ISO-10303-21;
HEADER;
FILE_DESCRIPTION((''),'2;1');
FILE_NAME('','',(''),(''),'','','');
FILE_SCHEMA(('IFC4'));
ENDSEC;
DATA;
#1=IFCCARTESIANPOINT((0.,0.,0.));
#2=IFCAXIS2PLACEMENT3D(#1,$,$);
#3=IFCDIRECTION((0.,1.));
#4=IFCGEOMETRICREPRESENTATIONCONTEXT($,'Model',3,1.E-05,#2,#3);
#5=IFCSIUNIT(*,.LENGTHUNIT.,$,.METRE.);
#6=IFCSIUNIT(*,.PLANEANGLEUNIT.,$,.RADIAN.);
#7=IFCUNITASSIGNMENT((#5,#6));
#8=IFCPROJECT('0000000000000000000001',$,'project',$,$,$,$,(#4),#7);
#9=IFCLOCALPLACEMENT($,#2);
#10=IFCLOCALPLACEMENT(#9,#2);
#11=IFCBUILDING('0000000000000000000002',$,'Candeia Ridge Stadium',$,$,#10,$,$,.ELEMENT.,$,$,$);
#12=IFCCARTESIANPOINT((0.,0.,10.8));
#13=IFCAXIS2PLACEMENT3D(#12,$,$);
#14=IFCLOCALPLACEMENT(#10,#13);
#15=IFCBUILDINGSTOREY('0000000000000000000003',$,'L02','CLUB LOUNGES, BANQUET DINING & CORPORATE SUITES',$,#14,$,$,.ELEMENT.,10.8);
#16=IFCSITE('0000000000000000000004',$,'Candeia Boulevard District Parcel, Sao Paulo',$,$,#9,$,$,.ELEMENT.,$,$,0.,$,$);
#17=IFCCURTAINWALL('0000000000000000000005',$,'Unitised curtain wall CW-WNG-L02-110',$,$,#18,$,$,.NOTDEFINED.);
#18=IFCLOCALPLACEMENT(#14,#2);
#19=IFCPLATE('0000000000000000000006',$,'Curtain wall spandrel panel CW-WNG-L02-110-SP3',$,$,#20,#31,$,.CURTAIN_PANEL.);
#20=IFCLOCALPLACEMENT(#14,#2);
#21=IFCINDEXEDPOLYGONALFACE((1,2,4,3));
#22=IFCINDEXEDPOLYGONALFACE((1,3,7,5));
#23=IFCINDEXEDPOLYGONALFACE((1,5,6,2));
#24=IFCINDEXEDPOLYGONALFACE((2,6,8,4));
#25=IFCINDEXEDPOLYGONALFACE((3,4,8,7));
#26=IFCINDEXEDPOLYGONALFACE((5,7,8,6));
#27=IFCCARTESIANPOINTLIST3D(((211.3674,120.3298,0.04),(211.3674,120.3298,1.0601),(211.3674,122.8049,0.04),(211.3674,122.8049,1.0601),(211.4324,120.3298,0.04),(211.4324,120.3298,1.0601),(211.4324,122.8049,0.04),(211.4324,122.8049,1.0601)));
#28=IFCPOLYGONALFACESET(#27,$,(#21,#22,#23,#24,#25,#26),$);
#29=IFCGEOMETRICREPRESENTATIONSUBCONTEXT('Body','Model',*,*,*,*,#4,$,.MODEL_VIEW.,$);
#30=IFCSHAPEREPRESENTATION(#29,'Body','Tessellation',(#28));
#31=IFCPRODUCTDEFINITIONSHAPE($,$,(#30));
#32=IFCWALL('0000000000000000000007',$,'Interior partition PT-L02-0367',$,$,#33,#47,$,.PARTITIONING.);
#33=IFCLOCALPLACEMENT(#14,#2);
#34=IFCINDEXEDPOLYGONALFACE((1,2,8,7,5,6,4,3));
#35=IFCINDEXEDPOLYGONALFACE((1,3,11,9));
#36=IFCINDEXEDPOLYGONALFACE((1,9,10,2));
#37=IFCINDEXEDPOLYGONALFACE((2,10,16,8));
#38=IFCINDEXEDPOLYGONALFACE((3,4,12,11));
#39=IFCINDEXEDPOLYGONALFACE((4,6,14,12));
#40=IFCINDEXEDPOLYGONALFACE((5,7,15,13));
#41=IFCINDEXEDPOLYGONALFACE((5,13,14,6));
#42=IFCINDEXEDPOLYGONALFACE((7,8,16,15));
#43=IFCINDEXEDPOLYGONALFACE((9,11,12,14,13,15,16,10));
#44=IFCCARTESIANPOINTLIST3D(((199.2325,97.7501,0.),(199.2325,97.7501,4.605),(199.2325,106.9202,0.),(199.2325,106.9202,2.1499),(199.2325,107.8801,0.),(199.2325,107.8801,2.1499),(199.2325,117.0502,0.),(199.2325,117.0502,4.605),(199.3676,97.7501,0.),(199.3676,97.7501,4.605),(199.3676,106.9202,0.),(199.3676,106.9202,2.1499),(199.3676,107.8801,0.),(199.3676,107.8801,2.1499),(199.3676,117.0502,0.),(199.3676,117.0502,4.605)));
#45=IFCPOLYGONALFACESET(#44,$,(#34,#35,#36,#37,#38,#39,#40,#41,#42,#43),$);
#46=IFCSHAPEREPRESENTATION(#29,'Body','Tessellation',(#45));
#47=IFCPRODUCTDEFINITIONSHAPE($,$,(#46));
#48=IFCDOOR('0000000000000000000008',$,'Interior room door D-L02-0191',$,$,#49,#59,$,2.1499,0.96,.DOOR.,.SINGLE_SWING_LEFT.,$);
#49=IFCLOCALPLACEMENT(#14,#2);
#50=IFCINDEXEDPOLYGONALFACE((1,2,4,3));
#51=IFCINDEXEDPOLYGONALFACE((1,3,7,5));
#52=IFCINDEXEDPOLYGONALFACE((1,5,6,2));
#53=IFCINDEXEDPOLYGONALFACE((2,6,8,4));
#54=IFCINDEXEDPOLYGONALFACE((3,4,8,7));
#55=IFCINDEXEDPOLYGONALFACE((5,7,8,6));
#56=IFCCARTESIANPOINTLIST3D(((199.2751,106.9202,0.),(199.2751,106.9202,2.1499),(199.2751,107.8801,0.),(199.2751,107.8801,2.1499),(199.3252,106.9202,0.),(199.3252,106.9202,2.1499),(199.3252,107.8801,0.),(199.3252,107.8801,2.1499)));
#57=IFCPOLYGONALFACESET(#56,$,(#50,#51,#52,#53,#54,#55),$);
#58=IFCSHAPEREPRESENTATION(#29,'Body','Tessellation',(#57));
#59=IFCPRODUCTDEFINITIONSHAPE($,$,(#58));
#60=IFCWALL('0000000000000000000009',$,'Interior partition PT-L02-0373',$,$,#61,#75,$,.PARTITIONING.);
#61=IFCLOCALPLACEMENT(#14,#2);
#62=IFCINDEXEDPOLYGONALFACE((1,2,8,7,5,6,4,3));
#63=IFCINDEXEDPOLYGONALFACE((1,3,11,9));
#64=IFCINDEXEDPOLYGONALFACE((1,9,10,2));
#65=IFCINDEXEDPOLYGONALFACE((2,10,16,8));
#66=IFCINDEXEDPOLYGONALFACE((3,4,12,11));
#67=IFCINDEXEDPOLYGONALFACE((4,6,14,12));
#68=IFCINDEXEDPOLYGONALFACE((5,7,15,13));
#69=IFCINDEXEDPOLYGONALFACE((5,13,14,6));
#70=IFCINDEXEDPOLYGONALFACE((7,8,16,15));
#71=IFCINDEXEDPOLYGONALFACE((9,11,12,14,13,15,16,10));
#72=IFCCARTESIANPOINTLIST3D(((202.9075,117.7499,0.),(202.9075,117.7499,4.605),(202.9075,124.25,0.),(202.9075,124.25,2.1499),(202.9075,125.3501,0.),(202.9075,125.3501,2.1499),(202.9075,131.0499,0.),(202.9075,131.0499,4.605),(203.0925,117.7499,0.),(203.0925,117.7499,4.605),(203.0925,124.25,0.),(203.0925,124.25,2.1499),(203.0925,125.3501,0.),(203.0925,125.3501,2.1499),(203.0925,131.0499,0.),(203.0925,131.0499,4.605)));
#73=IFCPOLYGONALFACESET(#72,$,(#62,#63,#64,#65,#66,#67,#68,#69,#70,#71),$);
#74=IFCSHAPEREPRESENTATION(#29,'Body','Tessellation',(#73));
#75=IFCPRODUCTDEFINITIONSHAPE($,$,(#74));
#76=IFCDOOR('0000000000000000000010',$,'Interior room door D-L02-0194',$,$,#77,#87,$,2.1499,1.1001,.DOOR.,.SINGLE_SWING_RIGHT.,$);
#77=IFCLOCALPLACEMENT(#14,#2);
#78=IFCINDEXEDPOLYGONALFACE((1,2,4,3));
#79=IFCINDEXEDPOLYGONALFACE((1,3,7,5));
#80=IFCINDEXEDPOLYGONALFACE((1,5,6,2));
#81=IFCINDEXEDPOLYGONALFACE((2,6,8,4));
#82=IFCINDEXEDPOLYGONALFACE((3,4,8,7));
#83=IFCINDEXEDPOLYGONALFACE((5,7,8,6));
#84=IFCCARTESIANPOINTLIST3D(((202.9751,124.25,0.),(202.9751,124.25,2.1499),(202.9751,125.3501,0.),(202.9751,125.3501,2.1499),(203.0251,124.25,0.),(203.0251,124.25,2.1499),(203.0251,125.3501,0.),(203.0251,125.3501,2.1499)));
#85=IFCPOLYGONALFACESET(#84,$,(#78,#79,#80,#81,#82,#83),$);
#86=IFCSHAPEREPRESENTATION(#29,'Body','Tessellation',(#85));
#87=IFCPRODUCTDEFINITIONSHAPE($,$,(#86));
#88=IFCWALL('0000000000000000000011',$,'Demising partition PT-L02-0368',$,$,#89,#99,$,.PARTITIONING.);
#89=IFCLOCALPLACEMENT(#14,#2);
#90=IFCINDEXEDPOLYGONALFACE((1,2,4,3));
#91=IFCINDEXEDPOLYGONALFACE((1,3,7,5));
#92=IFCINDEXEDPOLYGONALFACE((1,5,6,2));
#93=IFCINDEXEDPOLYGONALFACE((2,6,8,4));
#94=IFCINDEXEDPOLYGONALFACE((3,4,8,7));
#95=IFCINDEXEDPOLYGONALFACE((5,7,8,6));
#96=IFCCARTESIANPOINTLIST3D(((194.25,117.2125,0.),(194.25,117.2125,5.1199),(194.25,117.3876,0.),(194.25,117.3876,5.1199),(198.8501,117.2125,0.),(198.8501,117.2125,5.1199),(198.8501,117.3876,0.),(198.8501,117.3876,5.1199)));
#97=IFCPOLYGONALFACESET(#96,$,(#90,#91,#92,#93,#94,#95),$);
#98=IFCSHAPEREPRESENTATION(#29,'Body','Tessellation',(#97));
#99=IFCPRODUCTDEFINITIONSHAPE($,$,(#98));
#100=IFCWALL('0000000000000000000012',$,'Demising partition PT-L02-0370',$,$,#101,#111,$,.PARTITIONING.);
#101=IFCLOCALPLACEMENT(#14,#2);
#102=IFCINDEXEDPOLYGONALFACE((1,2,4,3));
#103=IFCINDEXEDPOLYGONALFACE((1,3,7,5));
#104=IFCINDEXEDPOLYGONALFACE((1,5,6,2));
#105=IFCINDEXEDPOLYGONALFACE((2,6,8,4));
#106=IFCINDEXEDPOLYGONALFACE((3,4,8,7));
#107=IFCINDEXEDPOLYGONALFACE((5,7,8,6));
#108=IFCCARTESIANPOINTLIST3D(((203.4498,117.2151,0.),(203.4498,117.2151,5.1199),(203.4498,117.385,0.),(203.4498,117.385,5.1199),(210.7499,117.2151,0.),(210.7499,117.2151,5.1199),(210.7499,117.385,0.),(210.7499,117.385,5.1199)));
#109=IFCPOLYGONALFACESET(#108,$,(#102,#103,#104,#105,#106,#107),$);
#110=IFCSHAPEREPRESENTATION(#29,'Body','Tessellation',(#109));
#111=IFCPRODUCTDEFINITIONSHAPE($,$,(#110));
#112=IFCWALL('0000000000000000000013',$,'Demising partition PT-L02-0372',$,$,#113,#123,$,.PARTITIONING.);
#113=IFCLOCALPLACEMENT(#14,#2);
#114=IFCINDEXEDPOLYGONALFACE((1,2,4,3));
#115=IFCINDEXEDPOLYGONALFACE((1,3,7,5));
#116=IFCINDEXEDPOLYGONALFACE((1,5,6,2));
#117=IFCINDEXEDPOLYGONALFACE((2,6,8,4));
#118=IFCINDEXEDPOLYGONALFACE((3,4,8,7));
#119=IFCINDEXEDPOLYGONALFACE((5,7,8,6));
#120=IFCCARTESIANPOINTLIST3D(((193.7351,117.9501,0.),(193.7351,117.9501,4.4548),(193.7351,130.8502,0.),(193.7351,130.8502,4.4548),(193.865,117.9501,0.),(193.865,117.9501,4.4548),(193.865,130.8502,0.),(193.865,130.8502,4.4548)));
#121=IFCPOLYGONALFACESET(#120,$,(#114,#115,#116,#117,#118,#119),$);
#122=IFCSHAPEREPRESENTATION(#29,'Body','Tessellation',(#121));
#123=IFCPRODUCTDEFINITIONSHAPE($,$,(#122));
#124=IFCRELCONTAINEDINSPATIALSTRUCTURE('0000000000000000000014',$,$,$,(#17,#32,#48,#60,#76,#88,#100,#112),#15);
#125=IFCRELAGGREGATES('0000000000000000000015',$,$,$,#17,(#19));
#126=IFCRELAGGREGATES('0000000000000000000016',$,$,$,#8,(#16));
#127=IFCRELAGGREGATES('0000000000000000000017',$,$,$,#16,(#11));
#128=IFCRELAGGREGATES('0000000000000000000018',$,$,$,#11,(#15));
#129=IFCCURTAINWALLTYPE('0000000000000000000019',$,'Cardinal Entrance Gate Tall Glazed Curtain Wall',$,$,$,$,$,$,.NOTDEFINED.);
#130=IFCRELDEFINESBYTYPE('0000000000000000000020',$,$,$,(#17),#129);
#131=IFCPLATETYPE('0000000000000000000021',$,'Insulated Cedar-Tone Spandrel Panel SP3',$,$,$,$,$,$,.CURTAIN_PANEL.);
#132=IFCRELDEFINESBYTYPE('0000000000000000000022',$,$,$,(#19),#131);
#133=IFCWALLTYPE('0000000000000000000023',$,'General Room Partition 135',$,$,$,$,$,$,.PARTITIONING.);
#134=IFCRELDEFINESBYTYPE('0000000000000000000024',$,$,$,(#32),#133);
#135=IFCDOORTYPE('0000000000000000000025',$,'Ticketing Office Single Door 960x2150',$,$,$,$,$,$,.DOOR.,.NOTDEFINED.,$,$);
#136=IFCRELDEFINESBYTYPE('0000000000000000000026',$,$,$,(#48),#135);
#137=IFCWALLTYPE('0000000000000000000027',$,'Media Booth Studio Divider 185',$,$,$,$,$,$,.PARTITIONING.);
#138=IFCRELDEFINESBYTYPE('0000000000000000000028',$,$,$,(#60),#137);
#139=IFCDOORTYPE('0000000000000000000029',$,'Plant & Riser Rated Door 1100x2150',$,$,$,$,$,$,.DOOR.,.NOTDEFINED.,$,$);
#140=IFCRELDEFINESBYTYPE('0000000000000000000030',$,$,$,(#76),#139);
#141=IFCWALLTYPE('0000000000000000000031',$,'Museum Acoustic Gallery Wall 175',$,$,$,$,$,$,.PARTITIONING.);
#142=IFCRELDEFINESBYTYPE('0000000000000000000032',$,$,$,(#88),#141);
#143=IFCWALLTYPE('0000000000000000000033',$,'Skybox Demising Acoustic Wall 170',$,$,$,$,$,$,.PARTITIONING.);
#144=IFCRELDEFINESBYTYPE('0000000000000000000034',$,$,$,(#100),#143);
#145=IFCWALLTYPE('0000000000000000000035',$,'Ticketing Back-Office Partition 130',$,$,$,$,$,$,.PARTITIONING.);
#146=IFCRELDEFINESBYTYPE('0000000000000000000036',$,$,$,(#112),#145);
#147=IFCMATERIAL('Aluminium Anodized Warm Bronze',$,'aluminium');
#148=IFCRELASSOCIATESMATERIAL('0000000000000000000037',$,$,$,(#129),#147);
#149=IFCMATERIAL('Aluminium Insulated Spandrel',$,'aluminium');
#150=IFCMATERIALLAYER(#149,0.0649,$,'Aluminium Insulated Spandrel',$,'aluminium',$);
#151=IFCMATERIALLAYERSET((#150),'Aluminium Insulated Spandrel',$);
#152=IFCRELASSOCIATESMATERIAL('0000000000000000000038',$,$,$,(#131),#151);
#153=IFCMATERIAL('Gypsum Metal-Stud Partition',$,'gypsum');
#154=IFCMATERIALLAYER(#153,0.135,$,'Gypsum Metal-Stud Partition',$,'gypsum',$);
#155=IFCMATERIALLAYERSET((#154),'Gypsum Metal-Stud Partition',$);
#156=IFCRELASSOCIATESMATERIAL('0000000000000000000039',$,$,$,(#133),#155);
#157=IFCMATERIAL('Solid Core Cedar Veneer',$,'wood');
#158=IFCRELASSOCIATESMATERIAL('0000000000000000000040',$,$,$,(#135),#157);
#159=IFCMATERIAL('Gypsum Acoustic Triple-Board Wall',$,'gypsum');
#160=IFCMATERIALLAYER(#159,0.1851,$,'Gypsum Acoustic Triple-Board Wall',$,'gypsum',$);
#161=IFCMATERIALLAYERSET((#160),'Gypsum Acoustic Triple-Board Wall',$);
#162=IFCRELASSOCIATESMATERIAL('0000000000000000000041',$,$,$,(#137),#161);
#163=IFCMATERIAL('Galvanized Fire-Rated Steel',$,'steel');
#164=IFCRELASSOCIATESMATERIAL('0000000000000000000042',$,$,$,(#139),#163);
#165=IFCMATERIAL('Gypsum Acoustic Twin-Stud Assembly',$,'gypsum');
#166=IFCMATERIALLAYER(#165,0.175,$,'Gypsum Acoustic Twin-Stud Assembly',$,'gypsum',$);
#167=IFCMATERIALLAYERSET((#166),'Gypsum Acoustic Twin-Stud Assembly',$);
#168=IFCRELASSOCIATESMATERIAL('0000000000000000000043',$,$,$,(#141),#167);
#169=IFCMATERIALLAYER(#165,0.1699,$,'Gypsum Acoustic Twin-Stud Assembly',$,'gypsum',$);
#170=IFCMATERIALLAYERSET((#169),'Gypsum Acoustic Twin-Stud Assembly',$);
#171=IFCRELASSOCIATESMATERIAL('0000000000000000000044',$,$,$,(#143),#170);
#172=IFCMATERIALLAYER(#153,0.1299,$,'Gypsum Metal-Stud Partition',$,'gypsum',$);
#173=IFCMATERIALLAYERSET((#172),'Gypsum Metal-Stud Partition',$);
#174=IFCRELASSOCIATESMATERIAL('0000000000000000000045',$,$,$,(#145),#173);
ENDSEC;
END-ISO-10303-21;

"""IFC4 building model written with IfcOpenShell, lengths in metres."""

from ifc_helpers import new_model, si_unit, direction, frame, frame_2d, origin, origin_2d, place, context, subcontext, project, spatial, rectangle, extrude, material, layer, layer_set, type_object, element, fill, aggregate, save


model = new_model("IFC4")

# Units and contexts
model_context = context("Model", 3, precision=1e-05, world=origin(), true_north=direction((0.0, 1.0)))
body_context = subcontext(model_context, "Body", "Model", "MODEL_VIEW")
ifc_project = project(units=[si_unit("LENGTHUNIT", "METRE"), si_unit("PLANEANGLEUNIT", "RADIAN")], contexts=[model_context])

# Site, building, storey
site_placement = place(None, origin())
site = spatial("IfcSite", under=ifc_project, at=site_placement, Name="Candeia Boulevard District Parcel, Sao Paulo", CompositionType="ELEMENT", RefElevation=0.0)
building_placement = place(site_placement, origin())
building = spatial("IfcBuilding", under=site, at=building_placement, Name="Candeia Ridge Stadium", CompositionType="ELEMENT")
storey_placement = place(building_placement, frame((0.0, 0.0, 10.8)))
storey = spatial("IfcBuildingStorey", under=building, at=storey_placement, Name="L02", Description="CLUB LOUNGES, BANQUET DINING & CORPORATE SUITES", CompositionType="ELEMENT", Elevation=10.8)

# Curtain wall
ifc_material_1 = material(Name="Aluminium Anodized Warm Bronze", Category="aluminium")
curtain_wall_type = type_object("IfcCurtainWallType", Name="Cardinal Entrance Gate Tall Glazed Curtain Wall", PredefinedType="NOTDEFINED", material=ifc_material_1)
curtain_wall_placement = place(storey_placement, origin())
curtain_wall = element("IfcCurtainWall", 1, at=curtain_wall_placement, inside=storey, type_object=curtain_wall_type, Name="Unitised curtain wall CW-WNG-L02-110", PredefinedType="NOTDEFINED")

# Plate
ifc_material_2 = material(Name="Aluminium Insulated Spandrel", Category="aluminium")
ifc_layer_1 = layer(ifc_material_2, 0.0649, Name="Aluminium Insulated Spandrel", Category="aluminium")
ifc_layer_set_1 = layer_set([ifc_layer_1], Name="Aluminium Insulated Spandrel")
plate_type_1 = type_object("IfcPlateType", Name="Insulated Cedar-Tone Spandrel Panel SP3", PredefinedType="CURTAIN_PANEL", material=ifc_layer_set_1)
plate_1_placement = place(storey_placement, frame((211.3999, 121.5674, 0.04), z_axis=(0.0, 0.0, 1.0), x_axis=(0.0, 1.0, 0.0)))
plate_1 = element("IfcPlate", 2, at=plate_1_placement, type_object=plate_type_1, Name="Curtain wall spandrel panel CW-WNG-L02-110-SP3", PredefinedType="CURTAIN_PANEL", context=body_context, shape_type="SweptSolid", body=[
    extrude(rectangle(XDim=2.4751, YDim=0.0649, at=origin_2d()), origin(), (0.0, 0.0, 1.0), 1.02),
])
aggregate(curtain_wall, [plate_1])

# Walls, openings, doors
ifc_material_3 = material(Name="Gypsum Metal-Stud Partition", Category="gypsum")
ifc_layer_2 = layer(ifc_material_3, 0.135, Name="Gypsum Metal-Stud Partition", Category="gypsum")
ifc_layer_set_2 = layer_set([ifc_layer_2], Name="Gypsum Metal-Stud Partition")
wall_type_1 = type_object("IfcWallType", Name="General Room Partition 135", PredefinedType="PARTITIONING", material=ifc_layer_set_2)
wall_1_placement = place(storey_placement, frame((199.3, 117.05, 0.0), z_axis=(0.0, 0.0, 1.0), x_axis=(0.0, -1.0, 0.0)))
wall_1 = element("IfcWall", 3, at=wall_1_placement, inside=storey, type_object=wall_type_1, Name="Interior partition PT-L02-0367", PredefinedType="PARTITIONING", context=body_context, shape_type="SweptSolid", body=[
    extrude(rectangle(XDim=19.3, YDim=0.135, at=frame_2d((9.6499, 0.0))), origin(), (0.0, 0.0, 1.0), 4.605),
])
opening_1_placement = place(wall_1_placement, frame((9.1699, 0.0, 0.0)))
opening_1 = element("IfcOpeningElement", 4, at=opening_1_placement, cuts=wall_1, PredefinedType="OPENING", context=body_context, shape_type="SweptSolid", body=[
    extrude(rectangle(XDim=0.96, YDim=2.1499, at=frame_2d((0.48, 1.075))), frame((0.0, 0.0774, 0.0), z_axis=(0.0, -1.0, 0.0), x_axis=(1.0, 0.0, 0.0)), (0.0, 0.0, 1.0), 0.155),
])
ifc_material_4 = material(Name="Solid Core Cedar Veneer", Category="wood")
door_type_1 = type_object("IfcDoorType", Name="Ticketing Office Single Door 960x2150", OperationType="NOTDEFINED", PredefinedType="DOOR", material=ifc_material_4)
door_1_placement = place(opening_1_placement, frame((0.96, 0.0, 0.0), z_axis=(0.0, 0.0, 1.0), x_axis=(-1.0, 0.0, 0.0)))
door_1 = element("IfcDoor", 5, at=door_1_placement, inside=storey, type_object=door_type_1, Name="Interior room door D-L02-0191", OperationType="SINGLE_SWING_LEFT", OverallHeight=2.1499, OverallWidth=0.96, PredefinedType="DOOR", context=body_context, shape_type="SweptSolid", body=[
    extrude(rectangle(XDim=0.96, YDim=2.1499, at=frame_2d((0.48, 1.075))), frame((0.0, 0.0249, 0.0), z_axis=(0.0, -1.0, 0.0), x_axis=(1.0, 0.0, 0.0)), (0.0, 0.0, 1.0), 0.05),
])
fill(opening_1, door_1)
ifc_material_5 = material(Name="Gypsum Acoustic Triple-Board Wall", Category="gypsum")
ifc_layer_3 = layer(ifc_material_5, 0.1851, Name="Gypsum Acoustic Triple-Board Wall", Category="gypsum")
ifc_layer_set_3 = layer_set([ifc_layer_3], Name="Gypsum Acoustic Triple-Board Wall")
wall_type_2 = type_object("IfcWallType", Name="Media Booth Studio Divider 185", PredefinedType="PARTITIONING", material=ifc_layer_set_3)
wall_2_placement = place(storey_placement, frame((203.0, 117.75, 0.0), z_axis=(0.0, 0.0, 1.0), x_axis=(0.0, 1.0, 0.0)))
wall_2 = element("IfcWall", 6, at=wall_2_placement, inside=storey, type_object=wall_type_2, Name="Interior partition PT-L02-0373", PredefinedType="PARTITIONING", context=body_context, shape_type="SweptSolid", body=[
    extrude(rectangle(XDim=13.3, YDim=0.1851, at=frame_2d((6.6499, 0.0))), origin(), (0.0, 0.0, 1.0), 4.605),
])
opening_2_placement = place(wall_2_placement, frame((6.5, 0.0, 0.0)))
opening_2 = element("IfcOpeningElement", 7, at=opening_2_placement, cuts=wall_2, PredefinedType="OPENING", context=body_context, shape_type="SweptSolid", body=[
    extrude(rectangle(XDim=1.1001, YDim=2.1499, at=frame_2d((0.55, 1.075))), frame((0.0, 0.1025, 0.0), z_axis=(0.0, -1.0, 0.0), x_axis=(1.0, 0.0, 0.0)), (0.0, 0.0, 1.0), 0.2051),
])
ifc_material_6 = material(Name="Galvanized Fire-Rated Steel", Category="steel")
door_type_2 = type_object("IfcDoorType", Name="Plant & Riser Rated Door 1100x2150", OperationType="NOTDEFINED", PredefinedType="DOOR", material=ifc_material_6)
door_2_placement = place(opening_2_placement, origin())
door_2 = element("IfcDoor", 8, at=door_2_placement, inside=storey, type_object=door_type_2, Name="Interior room door D-L02-0194", OperationType="SINGLE_SWING_RIGHT", OverallHeight=2.1499, OverallWidth=1.1001, PredefinedType="DOOR", context=body_context, shape_type="SweptSolid", body=[
    extrude(rectangle(XDim=1.1001, YDim=2.1499, at=frame_2d((0.55, 1.075))), frame((0.0, 0.0249, 0.0), z_axis=(0.0, -1.0, 0.0), x_axis=(1.0, 0.0, 0.0)), (0.0, 0.0, 1.0), 0.05),
])
fill(opening_2, door_2)

# Walls
ifc_material_7 = material(Name="Gypsum Acoustic Twin-Stud Assembly", Category="gypsum")
ifc_layer_4 = layer(ifc_material_7, 0.175, Name="Gypsum Acoustic Twin-Stud Assembly", Category="gypsum")
ifc_layer_set_4 = layer_set([ifc_layer_4], Name="Gypsum Acoustic Twin-Stud Assembly")
wall_type_3 = type_object("IfcWallType", Name="Museum Acoustic Gallery Wall 175", PredefinedType="PARTITIONING", material=ifc_layer_set_4)
wall_3_placement = place(storey_placement, frame((194.25, 117.3, 0.0), z_axis=(0.0, 0.0, 1.0), x_axis=(1.0, 0.0, 0.0)))
element("IfcWall", 9, at=wall_3_placement, inside=storey, type_object=wall_type_3, Name="Demising partition PT-L02-0368", PredefinedType="PARTITIONING", context=body_context, shape_type="SweptSolid", body=[
    extrude(rectangle(XDim=4.6001, YDim=0.175, at=frame_2d((2.3, 0.0))), origin(), (0.0, 0.0, 1.0), 5.1199),
])
ifc_layer_5 = layer(ifc_material_7, 0.1699, Name="Gypsum Acoustic Twin-Stud Assembly", Category="gypsum")
ifc_layer_set_5 = layer_set([ifc_layer_5], Name="Gypsum Acoustic Twin-Stud Assembly")
wall_type_4 = type_object("IfcWallType", Name="Skybox Demising Acoustic Wall 170", PredefinedType="PARTITIONING", material=ifc_layer_set_5)
wall_4_placement = place(storey_placement, frame((203.45, 117.3, 0.0), z_axis=(0.0, 0.0, 1.0), x_axis=(1.0, 0.0, 0.0)))
element("IfcWall", 10, at=wall_4_placement, inside=storey, type_object=wall_type_4, Name="Demising partition PT-L02-0370", PredefinedType="PARTITIONING", context=body_context, shape_type="SweptSolid", body=[
    extrude(rectangle(XDim=7.3, YDim=0.1699, at=frame_2d((3.6499, 0.0))), origin(), (0.0, 0.0, 1.0), 5.1199),
])
ifc_layer_6 = layer(ifc_material_3, 0.1299, Name="Gypsum Metal-Stud Partition", Category="gypsum")
ifc_layer_set_6 = layer_set([ifc_layer_6], Name="Gypsum Metal-Stud Partition")
wall_type_5 = type_object("IfcWallType", Name="Ticketing Back-Office Partition 130", PredefinedType="PARTITIONING", material=ifc_layer_set_6)
wall_5_placement = place(storey_placement, frame((193.8, 117.95, 0.0), z_axis=(0.0, 0.0, 1.0), x_axis=(0.0, 1.0, 0.0)))
element("IfcWall", 11, at=wall_5_placement, inside=storey, type_object=wall_type_5, Name="Demising partition PT-L02-0372", PredefinedType="PARTITIONING", context=body_context, shape_type="SweptSolid", body=[
    extrude(rectangle(XDim=12.9001, YDim=0.1299, at=frame_2d((6.4502, 0.0))), origin(), (0.0, 0.0, 1.0), 4.4548),
])

save(model, "model.ifc")
